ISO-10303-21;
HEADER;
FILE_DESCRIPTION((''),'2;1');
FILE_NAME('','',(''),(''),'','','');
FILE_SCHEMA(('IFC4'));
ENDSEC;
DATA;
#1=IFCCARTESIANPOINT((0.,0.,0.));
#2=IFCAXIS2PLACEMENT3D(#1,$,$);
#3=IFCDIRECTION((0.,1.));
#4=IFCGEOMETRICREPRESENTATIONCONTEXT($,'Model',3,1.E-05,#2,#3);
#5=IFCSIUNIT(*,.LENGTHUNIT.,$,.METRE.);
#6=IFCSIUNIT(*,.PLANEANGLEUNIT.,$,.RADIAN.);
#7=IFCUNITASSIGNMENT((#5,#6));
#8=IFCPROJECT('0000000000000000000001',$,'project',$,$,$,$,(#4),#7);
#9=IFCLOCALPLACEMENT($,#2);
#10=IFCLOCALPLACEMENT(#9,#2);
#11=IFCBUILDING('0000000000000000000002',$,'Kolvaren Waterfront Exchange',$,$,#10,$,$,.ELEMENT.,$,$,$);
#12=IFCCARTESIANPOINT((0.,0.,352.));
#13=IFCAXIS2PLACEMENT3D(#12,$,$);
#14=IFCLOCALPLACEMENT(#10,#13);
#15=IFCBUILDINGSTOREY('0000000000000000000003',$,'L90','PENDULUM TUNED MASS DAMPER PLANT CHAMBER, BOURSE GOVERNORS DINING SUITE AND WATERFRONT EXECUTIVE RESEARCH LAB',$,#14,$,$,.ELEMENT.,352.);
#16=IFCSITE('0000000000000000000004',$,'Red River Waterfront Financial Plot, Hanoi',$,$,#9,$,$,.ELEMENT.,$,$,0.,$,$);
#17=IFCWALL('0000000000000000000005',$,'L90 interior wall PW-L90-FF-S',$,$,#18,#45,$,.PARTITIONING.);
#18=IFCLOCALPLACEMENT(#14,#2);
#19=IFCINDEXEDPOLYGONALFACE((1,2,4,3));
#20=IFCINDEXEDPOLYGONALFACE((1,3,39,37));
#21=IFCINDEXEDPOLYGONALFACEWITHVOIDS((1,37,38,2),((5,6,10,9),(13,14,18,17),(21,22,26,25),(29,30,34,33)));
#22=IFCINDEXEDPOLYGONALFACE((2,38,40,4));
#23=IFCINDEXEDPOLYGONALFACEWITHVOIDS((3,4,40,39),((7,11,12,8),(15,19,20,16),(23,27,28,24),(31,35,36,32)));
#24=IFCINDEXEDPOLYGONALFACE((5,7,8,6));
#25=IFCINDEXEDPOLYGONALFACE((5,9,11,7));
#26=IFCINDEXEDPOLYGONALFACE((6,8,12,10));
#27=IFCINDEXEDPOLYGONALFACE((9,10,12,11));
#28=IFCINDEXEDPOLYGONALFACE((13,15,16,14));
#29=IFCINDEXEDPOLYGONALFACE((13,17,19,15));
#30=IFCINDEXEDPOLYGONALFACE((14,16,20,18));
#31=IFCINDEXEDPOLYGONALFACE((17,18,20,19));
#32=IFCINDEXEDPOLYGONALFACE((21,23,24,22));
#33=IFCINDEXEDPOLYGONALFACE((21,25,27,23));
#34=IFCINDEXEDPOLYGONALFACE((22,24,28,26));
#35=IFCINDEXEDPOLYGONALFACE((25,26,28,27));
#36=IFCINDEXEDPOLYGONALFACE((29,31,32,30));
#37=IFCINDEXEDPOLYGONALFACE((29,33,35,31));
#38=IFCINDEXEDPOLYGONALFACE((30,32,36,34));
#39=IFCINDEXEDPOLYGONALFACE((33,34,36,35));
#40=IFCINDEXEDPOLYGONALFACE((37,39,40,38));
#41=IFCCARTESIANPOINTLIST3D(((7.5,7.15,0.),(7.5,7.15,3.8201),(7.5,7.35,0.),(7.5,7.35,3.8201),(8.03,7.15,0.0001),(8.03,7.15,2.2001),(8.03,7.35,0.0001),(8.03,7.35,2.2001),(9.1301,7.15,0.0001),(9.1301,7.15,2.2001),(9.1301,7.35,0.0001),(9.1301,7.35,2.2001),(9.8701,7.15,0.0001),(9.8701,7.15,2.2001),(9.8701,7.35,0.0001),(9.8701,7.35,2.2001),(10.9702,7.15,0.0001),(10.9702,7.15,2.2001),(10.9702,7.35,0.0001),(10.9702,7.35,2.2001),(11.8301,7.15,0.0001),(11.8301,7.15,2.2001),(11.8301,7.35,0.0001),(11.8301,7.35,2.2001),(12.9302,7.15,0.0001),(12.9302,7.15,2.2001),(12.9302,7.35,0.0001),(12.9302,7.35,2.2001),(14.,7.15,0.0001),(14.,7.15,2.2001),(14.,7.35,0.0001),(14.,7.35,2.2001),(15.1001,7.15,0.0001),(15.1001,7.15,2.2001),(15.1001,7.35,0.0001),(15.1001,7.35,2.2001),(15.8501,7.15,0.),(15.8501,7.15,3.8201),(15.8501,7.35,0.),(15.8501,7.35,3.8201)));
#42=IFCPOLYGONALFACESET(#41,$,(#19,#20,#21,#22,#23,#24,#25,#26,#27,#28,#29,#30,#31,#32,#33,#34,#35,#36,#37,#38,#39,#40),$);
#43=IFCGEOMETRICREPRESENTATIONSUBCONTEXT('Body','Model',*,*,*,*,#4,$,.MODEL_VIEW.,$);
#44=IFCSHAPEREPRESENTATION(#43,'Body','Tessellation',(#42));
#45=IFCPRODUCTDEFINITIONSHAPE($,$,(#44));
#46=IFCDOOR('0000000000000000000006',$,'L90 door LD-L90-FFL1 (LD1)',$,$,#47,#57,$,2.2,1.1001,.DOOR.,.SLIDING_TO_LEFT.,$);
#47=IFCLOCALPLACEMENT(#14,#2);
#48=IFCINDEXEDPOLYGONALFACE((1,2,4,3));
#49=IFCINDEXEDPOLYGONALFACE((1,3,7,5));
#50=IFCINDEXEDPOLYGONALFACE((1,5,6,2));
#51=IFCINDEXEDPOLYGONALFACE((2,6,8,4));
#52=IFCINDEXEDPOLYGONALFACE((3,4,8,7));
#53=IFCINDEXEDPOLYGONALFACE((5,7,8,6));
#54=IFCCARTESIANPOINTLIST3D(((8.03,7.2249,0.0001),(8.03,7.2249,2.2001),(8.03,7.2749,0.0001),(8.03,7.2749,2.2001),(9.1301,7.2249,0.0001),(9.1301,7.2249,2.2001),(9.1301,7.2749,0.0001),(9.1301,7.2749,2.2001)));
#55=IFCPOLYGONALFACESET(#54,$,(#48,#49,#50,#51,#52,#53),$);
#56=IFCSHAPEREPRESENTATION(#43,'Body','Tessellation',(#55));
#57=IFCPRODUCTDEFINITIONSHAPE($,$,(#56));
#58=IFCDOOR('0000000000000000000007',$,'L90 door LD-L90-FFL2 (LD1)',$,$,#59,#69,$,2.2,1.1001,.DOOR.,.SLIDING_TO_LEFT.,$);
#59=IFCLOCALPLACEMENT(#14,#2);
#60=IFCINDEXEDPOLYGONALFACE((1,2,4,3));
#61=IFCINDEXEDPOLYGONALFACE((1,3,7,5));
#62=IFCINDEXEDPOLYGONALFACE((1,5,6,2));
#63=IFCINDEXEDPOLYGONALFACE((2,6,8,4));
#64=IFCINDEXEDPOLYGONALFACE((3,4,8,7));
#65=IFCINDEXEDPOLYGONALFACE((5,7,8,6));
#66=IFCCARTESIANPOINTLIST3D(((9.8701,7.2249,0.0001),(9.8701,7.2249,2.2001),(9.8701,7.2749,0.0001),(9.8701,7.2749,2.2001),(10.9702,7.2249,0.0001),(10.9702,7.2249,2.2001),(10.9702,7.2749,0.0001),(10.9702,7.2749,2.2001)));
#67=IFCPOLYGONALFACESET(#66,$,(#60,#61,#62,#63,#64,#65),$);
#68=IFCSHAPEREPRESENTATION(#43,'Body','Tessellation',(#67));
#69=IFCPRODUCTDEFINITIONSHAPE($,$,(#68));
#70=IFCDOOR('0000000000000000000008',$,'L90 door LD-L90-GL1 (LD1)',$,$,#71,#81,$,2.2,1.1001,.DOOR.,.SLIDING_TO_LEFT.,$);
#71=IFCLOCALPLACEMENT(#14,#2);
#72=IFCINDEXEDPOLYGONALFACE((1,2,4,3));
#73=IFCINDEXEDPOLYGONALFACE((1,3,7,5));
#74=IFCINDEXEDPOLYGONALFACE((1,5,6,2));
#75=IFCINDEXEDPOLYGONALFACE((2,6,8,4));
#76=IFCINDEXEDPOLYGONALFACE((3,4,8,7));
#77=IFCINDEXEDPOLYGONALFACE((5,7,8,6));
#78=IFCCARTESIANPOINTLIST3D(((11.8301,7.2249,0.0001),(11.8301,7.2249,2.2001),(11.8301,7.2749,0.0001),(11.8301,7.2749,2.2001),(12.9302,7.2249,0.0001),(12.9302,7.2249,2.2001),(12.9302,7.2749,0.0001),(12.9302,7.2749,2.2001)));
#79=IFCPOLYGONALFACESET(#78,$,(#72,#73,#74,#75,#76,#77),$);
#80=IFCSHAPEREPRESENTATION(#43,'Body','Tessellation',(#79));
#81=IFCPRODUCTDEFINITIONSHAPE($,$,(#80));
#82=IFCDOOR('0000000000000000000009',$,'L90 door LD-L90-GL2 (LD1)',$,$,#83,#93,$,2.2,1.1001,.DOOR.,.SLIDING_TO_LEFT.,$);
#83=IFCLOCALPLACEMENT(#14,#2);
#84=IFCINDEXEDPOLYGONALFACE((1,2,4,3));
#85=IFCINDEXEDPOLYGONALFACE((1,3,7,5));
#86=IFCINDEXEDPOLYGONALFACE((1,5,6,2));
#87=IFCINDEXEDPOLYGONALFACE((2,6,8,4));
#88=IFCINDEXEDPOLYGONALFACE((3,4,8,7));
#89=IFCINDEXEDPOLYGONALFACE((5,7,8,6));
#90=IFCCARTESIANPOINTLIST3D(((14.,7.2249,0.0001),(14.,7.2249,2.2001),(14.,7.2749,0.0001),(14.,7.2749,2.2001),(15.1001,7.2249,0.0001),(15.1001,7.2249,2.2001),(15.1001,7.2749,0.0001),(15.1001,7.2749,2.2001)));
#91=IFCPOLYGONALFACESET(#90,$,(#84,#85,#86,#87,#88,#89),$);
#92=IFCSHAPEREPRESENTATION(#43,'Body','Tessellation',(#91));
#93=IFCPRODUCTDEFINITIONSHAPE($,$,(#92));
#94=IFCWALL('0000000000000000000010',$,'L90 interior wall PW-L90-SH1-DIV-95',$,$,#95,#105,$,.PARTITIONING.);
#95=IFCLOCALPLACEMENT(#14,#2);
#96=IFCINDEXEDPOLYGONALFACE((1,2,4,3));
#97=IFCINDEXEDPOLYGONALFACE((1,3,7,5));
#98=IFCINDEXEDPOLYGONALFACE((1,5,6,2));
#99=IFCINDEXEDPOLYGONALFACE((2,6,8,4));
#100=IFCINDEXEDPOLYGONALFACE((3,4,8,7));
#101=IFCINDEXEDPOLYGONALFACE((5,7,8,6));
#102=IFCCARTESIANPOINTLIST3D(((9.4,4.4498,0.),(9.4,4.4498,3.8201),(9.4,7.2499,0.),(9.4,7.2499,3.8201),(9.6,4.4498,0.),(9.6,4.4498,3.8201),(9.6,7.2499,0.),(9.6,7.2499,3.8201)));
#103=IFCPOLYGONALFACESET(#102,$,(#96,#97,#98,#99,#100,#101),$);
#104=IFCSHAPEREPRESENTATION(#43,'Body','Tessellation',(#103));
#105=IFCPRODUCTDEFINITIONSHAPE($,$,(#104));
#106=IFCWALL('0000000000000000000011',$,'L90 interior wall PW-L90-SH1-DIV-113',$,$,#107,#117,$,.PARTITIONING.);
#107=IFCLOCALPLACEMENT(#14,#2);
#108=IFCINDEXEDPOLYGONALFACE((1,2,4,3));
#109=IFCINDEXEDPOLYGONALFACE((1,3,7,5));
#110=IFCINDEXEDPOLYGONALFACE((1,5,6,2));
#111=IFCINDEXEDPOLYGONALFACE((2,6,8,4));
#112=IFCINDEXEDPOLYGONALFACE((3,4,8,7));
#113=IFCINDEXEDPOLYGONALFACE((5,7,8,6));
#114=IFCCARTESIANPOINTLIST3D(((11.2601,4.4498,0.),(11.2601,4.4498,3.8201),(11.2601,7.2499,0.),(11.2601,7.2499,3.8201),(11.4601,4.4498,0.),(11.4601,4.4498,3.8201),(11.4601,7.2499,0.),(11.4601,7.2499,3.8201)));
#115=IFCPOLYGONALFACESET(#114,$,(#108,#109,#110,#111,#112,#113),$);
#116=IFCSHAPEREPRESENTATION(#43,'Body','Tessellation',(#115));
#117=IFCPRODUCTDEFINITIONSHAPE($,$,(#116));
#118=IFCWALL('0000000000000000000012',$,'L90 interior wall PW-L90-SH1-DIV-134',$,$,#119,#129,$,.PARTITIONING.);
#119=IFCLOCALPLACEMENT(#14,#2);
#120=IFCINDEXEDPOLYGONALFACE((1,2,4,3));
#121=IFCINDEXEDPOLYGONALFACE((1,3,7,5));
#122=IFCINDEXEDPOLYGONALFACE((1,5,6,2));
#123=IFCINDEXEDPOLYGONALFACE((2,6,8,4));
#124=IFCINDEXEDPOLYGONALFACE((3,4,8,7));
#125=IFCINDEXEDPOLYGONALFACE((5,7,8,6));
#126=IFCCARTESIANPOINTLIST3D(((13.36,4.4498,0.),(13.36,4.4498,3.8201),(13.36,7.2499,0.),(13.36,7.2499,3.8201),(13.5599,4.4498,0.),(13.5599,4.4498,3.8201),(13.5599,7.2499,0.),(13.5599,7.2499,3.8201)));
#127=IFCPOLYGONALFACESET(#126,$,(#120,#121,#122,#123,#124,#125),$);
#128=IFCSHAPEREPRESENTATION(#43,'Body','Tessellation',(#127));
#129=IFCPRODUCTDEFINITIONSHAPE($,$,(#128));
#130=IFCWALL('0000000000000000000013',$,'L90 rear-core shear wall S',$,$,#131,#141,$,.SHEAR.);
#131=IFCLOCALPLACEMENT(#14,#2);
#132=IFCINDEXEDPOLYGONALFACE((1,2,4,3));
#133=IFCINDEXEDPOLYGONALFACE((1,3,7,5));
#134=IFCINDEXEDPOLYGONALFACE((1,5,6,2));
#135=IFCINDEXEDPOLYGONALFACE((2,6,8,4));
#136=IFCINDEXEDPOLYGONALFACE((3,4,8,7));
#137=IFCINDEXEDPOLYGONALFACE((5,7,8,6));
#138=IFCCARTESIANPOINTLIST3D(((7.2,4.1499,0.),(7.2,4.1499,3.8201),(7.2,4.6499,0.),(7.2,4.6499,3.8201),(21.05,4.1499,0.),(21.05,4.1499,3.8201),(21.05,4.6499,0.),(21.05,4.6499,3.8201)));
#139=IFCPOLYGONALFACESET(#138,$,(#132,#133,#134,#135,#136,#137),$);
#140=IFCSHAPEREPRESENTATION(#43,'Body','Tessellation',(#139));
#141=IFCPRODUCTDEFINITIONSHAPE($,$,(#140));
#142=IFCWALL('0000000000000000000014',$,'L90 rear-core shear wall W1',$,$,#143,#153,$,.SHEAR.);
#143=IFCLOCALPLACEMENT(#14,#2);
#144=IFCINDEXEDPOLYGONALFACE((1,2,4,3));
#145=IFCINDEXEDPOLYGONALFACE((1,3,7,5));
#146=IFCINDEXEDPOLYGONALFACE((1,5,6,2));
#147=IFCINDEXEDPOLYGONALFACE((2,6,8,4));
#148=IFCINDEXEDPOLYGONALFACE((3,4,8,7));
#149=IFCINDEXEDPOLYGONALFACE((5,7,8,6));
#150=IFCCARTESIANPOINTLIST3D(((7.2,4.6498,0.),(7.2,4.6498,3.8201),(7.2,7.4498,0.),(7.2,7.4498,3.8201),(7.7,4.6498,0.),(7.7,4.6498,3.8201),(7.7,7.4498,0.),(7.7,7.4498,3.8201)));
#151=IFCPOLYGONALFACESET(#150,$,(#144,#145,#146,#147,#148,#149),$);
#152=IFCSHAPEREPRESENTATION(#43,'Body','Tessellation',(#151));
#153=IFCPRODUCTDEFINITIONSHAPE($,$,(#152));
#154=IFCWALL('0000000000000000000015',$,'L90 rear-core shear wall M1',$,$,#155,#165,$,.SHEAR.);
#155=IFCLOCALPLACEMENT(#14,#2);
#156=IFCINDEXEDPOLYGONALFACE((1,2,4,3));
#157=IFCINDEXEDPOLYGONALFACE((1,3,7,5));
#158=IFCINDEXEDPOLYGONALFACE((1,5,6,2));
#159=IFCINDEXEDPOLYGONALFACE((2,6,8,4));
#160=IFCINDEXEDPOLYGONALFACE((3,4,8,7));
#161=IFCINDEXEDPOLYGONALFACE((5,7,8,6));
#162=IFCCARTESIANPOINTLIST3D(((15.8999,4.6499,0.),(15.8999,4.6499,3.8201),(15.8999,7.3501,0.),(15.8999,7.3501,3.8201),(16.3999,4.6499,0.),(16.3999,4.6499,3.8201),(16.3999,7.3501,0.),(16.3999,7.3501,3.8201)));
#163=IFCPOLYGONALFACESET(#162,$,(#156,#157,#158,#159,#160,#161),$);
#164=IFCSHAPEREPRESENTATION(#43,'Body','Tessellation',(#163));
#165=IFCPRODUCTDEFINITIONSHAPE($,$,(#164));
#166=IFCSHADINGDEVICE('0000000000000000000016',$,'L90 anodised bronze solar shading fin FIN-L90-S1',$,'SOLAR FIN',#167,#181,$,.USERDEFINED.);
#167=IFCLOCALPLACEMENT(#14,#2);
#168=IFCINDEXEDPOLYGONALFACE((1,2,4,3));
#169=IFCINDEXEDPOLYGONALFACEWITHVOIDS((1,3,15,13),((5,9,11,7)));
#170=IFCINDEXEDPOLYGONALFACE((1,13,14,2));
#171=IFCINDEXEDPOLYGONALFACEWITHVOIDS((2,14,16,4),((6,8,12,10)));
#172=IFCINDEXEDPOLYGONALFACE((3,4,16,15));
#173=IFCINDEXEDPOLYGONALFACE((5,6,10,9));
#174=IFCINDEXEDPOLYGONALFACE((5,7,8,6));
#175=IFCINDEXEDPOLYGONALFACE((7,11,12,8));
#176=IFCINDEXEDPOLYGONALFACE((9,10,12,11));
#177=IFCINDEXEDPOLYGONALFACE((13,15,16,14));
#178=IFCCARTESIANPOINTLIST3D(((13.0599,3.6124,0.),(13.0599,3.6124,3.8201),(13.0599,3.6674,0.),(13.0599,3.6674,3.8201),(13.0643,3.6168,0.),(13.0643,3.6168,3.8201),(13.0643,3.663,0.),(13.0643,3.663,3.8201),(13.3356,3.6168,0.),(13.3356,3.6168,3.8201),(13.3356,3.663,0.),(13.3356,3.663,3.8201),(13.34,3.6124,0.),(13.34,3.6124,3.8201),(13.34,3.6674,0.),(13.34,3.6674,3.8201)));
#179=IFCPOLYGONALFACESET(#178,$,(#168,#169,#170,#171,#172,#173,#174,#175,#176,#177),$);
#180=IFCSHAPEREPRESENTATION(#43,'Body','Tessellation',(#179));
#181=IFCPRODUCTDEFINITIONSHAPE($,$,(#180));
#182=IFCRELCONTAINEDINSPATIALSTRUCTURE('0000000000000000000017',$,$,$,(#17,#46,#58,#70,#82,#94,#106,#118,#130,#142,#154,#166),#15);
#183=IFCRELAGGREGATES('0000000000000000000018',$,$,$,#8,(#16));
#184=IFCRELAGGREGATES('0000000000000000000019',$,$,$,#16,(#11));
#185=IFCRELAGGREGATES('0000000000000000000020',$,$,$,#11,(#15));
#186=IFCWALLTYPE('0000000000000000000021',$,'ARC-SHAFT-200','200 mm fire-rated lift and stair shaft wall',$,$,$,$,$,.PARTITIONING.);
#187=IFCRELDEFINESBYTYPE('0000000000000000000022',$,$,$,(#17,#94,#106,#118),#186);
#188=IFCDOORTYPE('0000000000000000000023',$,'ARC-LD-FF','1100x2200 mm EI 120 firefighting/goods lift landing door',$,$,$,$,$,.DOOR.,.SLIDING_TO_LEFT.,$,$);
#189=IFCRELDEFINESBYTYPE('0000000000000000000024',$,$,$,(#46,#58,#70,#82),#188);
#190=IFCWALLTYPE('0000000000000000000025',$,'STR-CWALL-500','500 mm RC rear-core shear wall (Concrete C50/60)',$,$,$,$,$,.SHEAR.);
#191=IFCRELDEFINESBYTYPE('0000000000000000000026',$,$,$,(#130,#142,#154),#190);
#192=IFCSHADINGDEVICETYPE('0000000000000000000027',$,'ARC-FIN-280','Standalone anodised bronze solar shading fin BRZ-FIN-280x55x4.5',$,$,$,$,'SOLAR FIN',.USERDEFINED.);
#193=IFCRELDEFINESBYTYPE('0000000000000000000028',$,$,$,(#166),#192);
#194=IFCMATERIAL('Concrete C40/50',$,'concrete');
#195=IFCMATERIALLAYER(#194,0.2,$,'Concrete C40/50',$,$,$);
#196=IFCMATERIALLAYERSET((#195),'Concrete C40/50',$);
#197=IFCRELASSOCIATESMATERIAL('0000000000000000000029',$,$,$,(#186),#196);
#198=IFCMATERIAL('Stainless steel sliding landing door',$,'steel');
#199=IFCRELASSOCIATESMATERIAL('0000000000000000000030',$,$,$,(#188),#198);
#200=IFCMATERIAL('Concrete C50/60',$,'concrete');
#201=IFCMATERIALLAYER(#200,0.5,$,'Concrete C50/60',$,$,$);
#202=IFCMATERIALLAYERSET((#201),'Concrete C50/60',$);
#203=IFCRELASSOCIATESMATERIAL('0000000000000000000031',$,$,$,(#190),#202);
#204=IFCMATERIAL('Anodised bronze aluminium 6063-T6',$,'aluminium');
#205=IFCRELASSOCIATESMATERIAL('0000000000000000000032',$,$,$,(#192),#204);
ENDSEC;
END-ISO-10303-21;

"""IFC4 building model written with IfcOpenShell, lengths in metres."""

from ifc_helpers import new_model, si_unit, direction, frame, frame_2d, origin, origin_2d, place, context, subcontext, project, spatial, rectangle, hollow_rectangle, extrude, material, layer, layer_set, material_profile, profile_set, type_object, element, fill, save


model = new_model("IFC4")

# Units and contexts
model_context = context("Model", 3, precision=1e-05, world=origin(), true_north=direction((0.0, 1.0)))
body_context = subcontext(model_context, "Body", "Model", "MODEL_VIEW")
ifc_project = project(units=[si_unit("LENGTHUNIT", "METRE"), si_unit("PLANEANGLEUNIT", "RADIAN")], contexts=[model_context])

# Site, building, storey
site_placement = place(None, origin())
site = spatial("IfcSite", under=ifc_project, at=site_placement, Name="Red River Waterfront Financial Plot, Hanoi", CompositionType="ELEMENT", RefElevation=0.0)
building_placement = place(site_placement, origin())
building = spatial("IfcBuilding", under=site, at=building_placement, Name="Kolvaren Waterfront Exchange", CompositionType="ELEMENT")
storey_placement = place(building_placement, frame((0.0, 0.0, 352.0)))
storey = spatial("IfcBuildingStorey", under=building, at=storey_placement, Name="L90", Description="PENDULUM TUNED MASS DAMPER PLANT CHAMBER, BOURSE GOVERNORS DINING SUITE AND WATERFRONT EXECUTIVE RESEARCH LAB", CompositionType="ELEMENT", Elevation=352.0)

# Shared definitions
ifc_material_1 = material(Name="Concrete C50/60", Category="concrete")

# Shared definitions
ifc_material_2 = material(Name="Anodised bronze aluminium 6063-T6", Category="aluminium")

# Shared definitions
ifc_material_3 = material(Name="Concrete C40/50", Category="concrete")
ifc_layer_1 = layer(ifc_material_3, 0.2, Name="Concrete C40/50")
ifc_layer_set_1 = layer_set([ifc_layer_1], Name="Concrete C40/50")
wall_type_1 = type_object("IfcWallType", Name="ARC-SHAFT-200", Description="200 mm fire-rated lift and stair shaft wall", PredefinedType="PARTITIONING", material=ifc_layer_set_1)

# Wall, openings, doors
wall_1_placement = place(storey_placement, frame((7.5, 7.25, 0.0), z_axis=(0.0, 0.0, 1.0), x_axis=(1.0, 0.0, 0.0)))
wall_1 = element("IfcWall", 1, at=wall_1_placement, inside=storey, type_object=wall_type_1, Name="L90 interior wall PW-L90-FF-S", PredefinedType="PARTITIONING", context=body_context, shape_type="SweptSolid", body=[
    extrude(rectangle(XDim=8.3501, YDim=0.2, at=frame_2d((4.175, 0.0))), origin(), (0.0, 0.0, 1.0), 3.8201),
])
opening_1_placement = place(wall_1_placement, frame((0.53, 0.0, 0.0)))
opening_1 = element("IfcOpeningElement", 2, at=opening_1_placement, cuts=wall_1, PredefinedType="OPENING", context=body_context, shape_type="SweptSolid", body=[
    extrude(rectangle(XDim=1.1001, YDim=2.2, at=frame_2d((0.55, 1.1001))), frame((0.0, 0.1099, 0.0), z_axis=(0.0, -1.0, 0.0), x_axis=(1.0, 0.0, 0.0)), (0.0, 0.0, 1.0), 0.22),
])
opening_2_placement = place(wall_1_placement, frame((2.3701, 0.0, 0.0)))
opening_2 = element("IfcOpeningElement", 3, at=opening_2_placement, cuts=wall_1, PredefinedType="OPENING", context=body_context, shape_type="SweptSolid", body=[
    extrude(rectangle(XDim=1.1001, YDim=2.2, at=frame_2d((0.55, 1.1001))), frame((0.0, 0.1099, 0.0), z_axis=(0.0, -1.0, 0.0), x_axis=(1.0, 0.0, 0.0)), (0.0, 0.0, 1.0), 0.22),
])
opening_3_placement = place(wall_1_placement, frame((4.3301, 0.0, 0.0)))
opening_3 = element("IfcOpeningElement", 4, at=opening_3_placement, cuts=wall_1, PredefinedType="OPENING", context=body_context, shape_type="SweptSolid", body=[
    extrude(rectangle(XDim=1.1001, YDim=2.2, at=frame_2d((0.55, 1.1001))), frame((0.0, 0.1099, 0.0), z_axis=(0.0, -1.0, 0.0), x_axis=(1.0, 0.0, 0.0)), (0.0, 0.0, 1.0), 0.22),
])
opening_4_placement = place(wall_1_placement, frame((6.5, 0.0, 0.0)))
opening_4 = element("IfcOpeningElement", 5, at=opening_4_placement, cuts=wall_1, PredefinedType="OPENING", context=body_context, shape_type="SweptSolid", body=[
    extrude(rectangle(XDim=1.1001, YDim=2.2, at=frame_2d((0.55, 1.1001))), frame((0.0, 0.1099, 0.0), z_axis=(0.0, -1.0, 0.0), x_axis=(1.0, 0.0, 0.0)), (0.0, 0.0, 1.0), 0.22),
])
ifc_material_4 = material(Name="Stainless steel sliding landing door", Category="steel")
door_type = type_object("IfcDoorType", Name="ARC-LD-FF", Description="1100x2200 mm EI 120 firefighting/goods lift landing door", OperationType="SLIDING_TO_LEFT", PredefinedType="DOOR", material=ifc_material_4)
door_1_placement = place(opening_1_placement, origin())
door_1 = element("IfcDoor", 6, at=door_1_placement, inside=storey, type_object=door_type, Name="L90 door LD-L90-FFL1 (LD1)", OperationType="SLIDING_TO_LEFT", OverallHeight=2.2, OverallWidth=1.1001, PredefinedType="DOOR", context=body_context, shape_type="SweptSolid", body=[
    extrude(rectangle(XDim=1.1001, YDim=2.2, at=frame_2d((0.55, 1.1001))), frame((0.0, 0.0249, 0.0), z_axis=(0.0, -1.0, 0.0), x_axis=(1.0, 0.0, 0.0)), (0.0, 0.0, 1.0), 0.05),
])
fill(opening_1, door_1)
door_2_placement = place(opening_2_placement, origin())
door_2 = element("IfcDoor", 7, at=door_2_placement, inside=storey, type_object=door_type, Name="L90 door LD-L90-FFL2 (LD1)", OperationType="SLIDING_TO_LEFT", OverallHeight=2.2, OverallWidth=1.1001, PredefinedType="DOOR", context=body_context, shape_type="SweptSolid", body=[
    extrude(rectangle(XDim=1.1001, YDim=2.2, at=frame_2d((0.55, 1.1001))), frame((0.0, 0.0249, 0.0), z_axis=(0.0, -1.0, 0.0), x_axis=(1.0, 0.0, 0.0)), (0.0, 0.0, 1.0), 0.05),
])
fill(opening_2, door_2)
door_3_placement = place(opening_3_placement, origin())
door_3 = element("IfcDoor", 8, at=door_3_placement, inside=storey, type_object=door_type, Name="L90 door LD-L90-GL1 (LD1)", OperationType="SLIDING_TO_LEFT", OverallHeight=2.2, OverallWidth=1.1001, PredefinedType="DOOR", context=body_context, shape_type="SweptSolid", body=[
    extrude(rectangle(XDim=1.1001, YDim=2.2, at=frame_2d((0.55, 1.1001))), frame((0.0, 0.0249, 0.0), z_axis=(0.0, -1.0, 0.0), x_axis=(1.0, 0.0, 0.0)), (0.0, 0.0, 1.0), 0.05),
])
fill(opening_3, door_3)
door_4_placement = place(opening_4_placement, origin())
door_4 = element("IfcDoor", 9, at=door_4_placement, inside=storey, type_object=door_type, Name="L90 door LD-L90-GL2 (LD1)", OperationType="SLIDING_TO_LEFT", OverallHeight=2.2, OverallWidth=1.1001, PredefinedType="DOOR", context=body_context, shape_type="SweptSolid", body=[
    extrude(rectangle(XDim=1.1001, YDim=2.2, at=frame_2d((0.55, 1.1001))), frame((0.0, 0.0249, 0.0), z_axis=(0.0, -1.0, 0.0), x_axis=(1.0, 0.0, 0.0)), (0.0, 0.0, 1.0), 0.05),
])
fill(opening_4, door_4)

# Walls
for number, where, z_axis, x_axis, name in (
    (10, (9.5, 4.45, 0.0), (0.0, 0.0, 1.0), (0.0, 1.0, 0.0), "L90 interior wall PW-L90-SH1-DIV-95"),
    (11, (11.3601, 4.45, 0.0), (0.0, 0.0, 1.0), (0.0, 1.0, 0.0), "L90 interior wall PW-L90-SH1-DIV-113"),
    (12, (13.46, 4.45, 0.0), (0.0, 0.0, 1.0), (0.0, 1.0, 0.0), "L90 interior wall PW-L90-SH1-DIV-134"),
):
    element("IfcWall", number, at=place(storey_placement, frame(where, z_axis=z_axis, x_axis=x_axis)), inside=storey, type_object=wall_type_1, Name=name, PredefinedType="PARTITIONING", context=body_context, shape_type="SweptSolid", body=[
        extrude(rectangle(XDim=2.8, YDim=0.2, at=frame_2d((1.3999, 0.0))), origin(), (0.0, 0.0, 1.0), 3.8201),
    ])
ifc_layer_2 = layer(ifc_material_1, 0.5, Name="Concrete C50/60")
ifc_layer_set_2 = layer_set([ifc_layer_2], Name="Concrete C50/60")
wall_type_2 = type_object("IfcWallType", Name="STR-CWALL-500", Description="500 mm RC rear-core shear wall (Concrete C50/60)", PredefinedType="SHEAR", material=ifc_layer_set_2)
wall_2_placement = place(storey_placement, frame((7.2, 4.3999, 0.0), z_axis=(0.0, 0.0, 1.0), x_axis=(1.0, 0.0, 0.0)))
element("IfcWall", 13, at=wall_2_placement, inside=storey, type_object=wall_type_2, Name="L90 rear-core shear wall S", PredefinedType="SHEAR", context=body_context, shape_type="SweptSolid", body=[
    extrude(rectangle(XDim=13.8501, YDim=0.5, at=frame_2d((6.925, 0.0))), origin(), (0.0, 0.0, 1.0), 3.8201),
])
wall_3_placement = place(storey_placement, frame((7.45, 4.6499, 0.0), z_axis=(0.0, 0.0, 1.0), x_axis=(0.0, 1.0, 0.0)))
element("IfcWall", 14, at=wall_3_placement, inside=storey, type_object=wall_type_2, Name="L90 rear-core shear wall W1", PredefinedType="SHEAR", context=body_context, shape_type="SweptSolid", body=[
    extrude(rectangle(XDim=2.8, YDim=0.5, at=frame_2d((1.3999, 0.0))), origin(), (0.0, 0.0, 1.0), 3.8201),
])
wall_4_placement = place(storey_placement, frame((16.1499, 4.6499, 0.0), z_axis=(0.0, 0.0, 1.0), x_axis=(0.0, 1.0, 0.0)))
element("IfcWall", 15, at=wall_4_placement, inside=storey, type_object=wall_type_2, Name="L90 rear-core shear wall M1", PredefinedType="SHEAR", context=body_context, shape_type="SweptSolid", body=[
    extrude(rectangle(XDim=2.7002, YDim=0.5, at=frame_2d((1.3501, 0.0))), origin(), (0.0, 0.0, 1.0), 3.8201),
])

# Shading device
ifc_material_profile_1 = material_profile(ifc_material_2, hollow_rectangle(XDim=0.0549, YDim=0.28, WallThickness=0.0044, at=origin_2d()), Name="BRZ-FIN-280x55x4.5")
ifc_profile_set_1 = profile_set([ifc_material_profile_1], Name="Anodised bronze aluminium 6063-T6")
shading_device_type = type_object("IfcShadingDeviceType", Name="ARC-FIN-280", Description="Standalone anodised bronze solar shading fin BRZ-FIN-280x55x4.5", ElementType="SOLAR FIN", PredefinedType="USERDEFINED", material=ifc_profile_set_1)
shading_device_placement = place(storey_placement, frame((13.2, 3.6399, 0.0), z_axis=(0.0, 0.0, 1.0), x_axis=(0.0, -1.0, 0.0)))
element("IfcShadingDevice", 16, at=shading_device_placement, inside=storey, type_object=shading_device_type, Name="L90 anodised bronze solar shading fin FIN-L90-S1", ObjectType="SOLAR FIN", PredefinedType="USERDEFINED", context=body_context, shape_type="SweptSolid", body=[
    extrude(hollow_rectangle(XDim=0.0549, YDim=0.28, WallThickness=0.0044, at=origin_2d()), origin(), (0.0, 0.0, 1.0), 3.8201),
])

save(model, "model.ifc")
